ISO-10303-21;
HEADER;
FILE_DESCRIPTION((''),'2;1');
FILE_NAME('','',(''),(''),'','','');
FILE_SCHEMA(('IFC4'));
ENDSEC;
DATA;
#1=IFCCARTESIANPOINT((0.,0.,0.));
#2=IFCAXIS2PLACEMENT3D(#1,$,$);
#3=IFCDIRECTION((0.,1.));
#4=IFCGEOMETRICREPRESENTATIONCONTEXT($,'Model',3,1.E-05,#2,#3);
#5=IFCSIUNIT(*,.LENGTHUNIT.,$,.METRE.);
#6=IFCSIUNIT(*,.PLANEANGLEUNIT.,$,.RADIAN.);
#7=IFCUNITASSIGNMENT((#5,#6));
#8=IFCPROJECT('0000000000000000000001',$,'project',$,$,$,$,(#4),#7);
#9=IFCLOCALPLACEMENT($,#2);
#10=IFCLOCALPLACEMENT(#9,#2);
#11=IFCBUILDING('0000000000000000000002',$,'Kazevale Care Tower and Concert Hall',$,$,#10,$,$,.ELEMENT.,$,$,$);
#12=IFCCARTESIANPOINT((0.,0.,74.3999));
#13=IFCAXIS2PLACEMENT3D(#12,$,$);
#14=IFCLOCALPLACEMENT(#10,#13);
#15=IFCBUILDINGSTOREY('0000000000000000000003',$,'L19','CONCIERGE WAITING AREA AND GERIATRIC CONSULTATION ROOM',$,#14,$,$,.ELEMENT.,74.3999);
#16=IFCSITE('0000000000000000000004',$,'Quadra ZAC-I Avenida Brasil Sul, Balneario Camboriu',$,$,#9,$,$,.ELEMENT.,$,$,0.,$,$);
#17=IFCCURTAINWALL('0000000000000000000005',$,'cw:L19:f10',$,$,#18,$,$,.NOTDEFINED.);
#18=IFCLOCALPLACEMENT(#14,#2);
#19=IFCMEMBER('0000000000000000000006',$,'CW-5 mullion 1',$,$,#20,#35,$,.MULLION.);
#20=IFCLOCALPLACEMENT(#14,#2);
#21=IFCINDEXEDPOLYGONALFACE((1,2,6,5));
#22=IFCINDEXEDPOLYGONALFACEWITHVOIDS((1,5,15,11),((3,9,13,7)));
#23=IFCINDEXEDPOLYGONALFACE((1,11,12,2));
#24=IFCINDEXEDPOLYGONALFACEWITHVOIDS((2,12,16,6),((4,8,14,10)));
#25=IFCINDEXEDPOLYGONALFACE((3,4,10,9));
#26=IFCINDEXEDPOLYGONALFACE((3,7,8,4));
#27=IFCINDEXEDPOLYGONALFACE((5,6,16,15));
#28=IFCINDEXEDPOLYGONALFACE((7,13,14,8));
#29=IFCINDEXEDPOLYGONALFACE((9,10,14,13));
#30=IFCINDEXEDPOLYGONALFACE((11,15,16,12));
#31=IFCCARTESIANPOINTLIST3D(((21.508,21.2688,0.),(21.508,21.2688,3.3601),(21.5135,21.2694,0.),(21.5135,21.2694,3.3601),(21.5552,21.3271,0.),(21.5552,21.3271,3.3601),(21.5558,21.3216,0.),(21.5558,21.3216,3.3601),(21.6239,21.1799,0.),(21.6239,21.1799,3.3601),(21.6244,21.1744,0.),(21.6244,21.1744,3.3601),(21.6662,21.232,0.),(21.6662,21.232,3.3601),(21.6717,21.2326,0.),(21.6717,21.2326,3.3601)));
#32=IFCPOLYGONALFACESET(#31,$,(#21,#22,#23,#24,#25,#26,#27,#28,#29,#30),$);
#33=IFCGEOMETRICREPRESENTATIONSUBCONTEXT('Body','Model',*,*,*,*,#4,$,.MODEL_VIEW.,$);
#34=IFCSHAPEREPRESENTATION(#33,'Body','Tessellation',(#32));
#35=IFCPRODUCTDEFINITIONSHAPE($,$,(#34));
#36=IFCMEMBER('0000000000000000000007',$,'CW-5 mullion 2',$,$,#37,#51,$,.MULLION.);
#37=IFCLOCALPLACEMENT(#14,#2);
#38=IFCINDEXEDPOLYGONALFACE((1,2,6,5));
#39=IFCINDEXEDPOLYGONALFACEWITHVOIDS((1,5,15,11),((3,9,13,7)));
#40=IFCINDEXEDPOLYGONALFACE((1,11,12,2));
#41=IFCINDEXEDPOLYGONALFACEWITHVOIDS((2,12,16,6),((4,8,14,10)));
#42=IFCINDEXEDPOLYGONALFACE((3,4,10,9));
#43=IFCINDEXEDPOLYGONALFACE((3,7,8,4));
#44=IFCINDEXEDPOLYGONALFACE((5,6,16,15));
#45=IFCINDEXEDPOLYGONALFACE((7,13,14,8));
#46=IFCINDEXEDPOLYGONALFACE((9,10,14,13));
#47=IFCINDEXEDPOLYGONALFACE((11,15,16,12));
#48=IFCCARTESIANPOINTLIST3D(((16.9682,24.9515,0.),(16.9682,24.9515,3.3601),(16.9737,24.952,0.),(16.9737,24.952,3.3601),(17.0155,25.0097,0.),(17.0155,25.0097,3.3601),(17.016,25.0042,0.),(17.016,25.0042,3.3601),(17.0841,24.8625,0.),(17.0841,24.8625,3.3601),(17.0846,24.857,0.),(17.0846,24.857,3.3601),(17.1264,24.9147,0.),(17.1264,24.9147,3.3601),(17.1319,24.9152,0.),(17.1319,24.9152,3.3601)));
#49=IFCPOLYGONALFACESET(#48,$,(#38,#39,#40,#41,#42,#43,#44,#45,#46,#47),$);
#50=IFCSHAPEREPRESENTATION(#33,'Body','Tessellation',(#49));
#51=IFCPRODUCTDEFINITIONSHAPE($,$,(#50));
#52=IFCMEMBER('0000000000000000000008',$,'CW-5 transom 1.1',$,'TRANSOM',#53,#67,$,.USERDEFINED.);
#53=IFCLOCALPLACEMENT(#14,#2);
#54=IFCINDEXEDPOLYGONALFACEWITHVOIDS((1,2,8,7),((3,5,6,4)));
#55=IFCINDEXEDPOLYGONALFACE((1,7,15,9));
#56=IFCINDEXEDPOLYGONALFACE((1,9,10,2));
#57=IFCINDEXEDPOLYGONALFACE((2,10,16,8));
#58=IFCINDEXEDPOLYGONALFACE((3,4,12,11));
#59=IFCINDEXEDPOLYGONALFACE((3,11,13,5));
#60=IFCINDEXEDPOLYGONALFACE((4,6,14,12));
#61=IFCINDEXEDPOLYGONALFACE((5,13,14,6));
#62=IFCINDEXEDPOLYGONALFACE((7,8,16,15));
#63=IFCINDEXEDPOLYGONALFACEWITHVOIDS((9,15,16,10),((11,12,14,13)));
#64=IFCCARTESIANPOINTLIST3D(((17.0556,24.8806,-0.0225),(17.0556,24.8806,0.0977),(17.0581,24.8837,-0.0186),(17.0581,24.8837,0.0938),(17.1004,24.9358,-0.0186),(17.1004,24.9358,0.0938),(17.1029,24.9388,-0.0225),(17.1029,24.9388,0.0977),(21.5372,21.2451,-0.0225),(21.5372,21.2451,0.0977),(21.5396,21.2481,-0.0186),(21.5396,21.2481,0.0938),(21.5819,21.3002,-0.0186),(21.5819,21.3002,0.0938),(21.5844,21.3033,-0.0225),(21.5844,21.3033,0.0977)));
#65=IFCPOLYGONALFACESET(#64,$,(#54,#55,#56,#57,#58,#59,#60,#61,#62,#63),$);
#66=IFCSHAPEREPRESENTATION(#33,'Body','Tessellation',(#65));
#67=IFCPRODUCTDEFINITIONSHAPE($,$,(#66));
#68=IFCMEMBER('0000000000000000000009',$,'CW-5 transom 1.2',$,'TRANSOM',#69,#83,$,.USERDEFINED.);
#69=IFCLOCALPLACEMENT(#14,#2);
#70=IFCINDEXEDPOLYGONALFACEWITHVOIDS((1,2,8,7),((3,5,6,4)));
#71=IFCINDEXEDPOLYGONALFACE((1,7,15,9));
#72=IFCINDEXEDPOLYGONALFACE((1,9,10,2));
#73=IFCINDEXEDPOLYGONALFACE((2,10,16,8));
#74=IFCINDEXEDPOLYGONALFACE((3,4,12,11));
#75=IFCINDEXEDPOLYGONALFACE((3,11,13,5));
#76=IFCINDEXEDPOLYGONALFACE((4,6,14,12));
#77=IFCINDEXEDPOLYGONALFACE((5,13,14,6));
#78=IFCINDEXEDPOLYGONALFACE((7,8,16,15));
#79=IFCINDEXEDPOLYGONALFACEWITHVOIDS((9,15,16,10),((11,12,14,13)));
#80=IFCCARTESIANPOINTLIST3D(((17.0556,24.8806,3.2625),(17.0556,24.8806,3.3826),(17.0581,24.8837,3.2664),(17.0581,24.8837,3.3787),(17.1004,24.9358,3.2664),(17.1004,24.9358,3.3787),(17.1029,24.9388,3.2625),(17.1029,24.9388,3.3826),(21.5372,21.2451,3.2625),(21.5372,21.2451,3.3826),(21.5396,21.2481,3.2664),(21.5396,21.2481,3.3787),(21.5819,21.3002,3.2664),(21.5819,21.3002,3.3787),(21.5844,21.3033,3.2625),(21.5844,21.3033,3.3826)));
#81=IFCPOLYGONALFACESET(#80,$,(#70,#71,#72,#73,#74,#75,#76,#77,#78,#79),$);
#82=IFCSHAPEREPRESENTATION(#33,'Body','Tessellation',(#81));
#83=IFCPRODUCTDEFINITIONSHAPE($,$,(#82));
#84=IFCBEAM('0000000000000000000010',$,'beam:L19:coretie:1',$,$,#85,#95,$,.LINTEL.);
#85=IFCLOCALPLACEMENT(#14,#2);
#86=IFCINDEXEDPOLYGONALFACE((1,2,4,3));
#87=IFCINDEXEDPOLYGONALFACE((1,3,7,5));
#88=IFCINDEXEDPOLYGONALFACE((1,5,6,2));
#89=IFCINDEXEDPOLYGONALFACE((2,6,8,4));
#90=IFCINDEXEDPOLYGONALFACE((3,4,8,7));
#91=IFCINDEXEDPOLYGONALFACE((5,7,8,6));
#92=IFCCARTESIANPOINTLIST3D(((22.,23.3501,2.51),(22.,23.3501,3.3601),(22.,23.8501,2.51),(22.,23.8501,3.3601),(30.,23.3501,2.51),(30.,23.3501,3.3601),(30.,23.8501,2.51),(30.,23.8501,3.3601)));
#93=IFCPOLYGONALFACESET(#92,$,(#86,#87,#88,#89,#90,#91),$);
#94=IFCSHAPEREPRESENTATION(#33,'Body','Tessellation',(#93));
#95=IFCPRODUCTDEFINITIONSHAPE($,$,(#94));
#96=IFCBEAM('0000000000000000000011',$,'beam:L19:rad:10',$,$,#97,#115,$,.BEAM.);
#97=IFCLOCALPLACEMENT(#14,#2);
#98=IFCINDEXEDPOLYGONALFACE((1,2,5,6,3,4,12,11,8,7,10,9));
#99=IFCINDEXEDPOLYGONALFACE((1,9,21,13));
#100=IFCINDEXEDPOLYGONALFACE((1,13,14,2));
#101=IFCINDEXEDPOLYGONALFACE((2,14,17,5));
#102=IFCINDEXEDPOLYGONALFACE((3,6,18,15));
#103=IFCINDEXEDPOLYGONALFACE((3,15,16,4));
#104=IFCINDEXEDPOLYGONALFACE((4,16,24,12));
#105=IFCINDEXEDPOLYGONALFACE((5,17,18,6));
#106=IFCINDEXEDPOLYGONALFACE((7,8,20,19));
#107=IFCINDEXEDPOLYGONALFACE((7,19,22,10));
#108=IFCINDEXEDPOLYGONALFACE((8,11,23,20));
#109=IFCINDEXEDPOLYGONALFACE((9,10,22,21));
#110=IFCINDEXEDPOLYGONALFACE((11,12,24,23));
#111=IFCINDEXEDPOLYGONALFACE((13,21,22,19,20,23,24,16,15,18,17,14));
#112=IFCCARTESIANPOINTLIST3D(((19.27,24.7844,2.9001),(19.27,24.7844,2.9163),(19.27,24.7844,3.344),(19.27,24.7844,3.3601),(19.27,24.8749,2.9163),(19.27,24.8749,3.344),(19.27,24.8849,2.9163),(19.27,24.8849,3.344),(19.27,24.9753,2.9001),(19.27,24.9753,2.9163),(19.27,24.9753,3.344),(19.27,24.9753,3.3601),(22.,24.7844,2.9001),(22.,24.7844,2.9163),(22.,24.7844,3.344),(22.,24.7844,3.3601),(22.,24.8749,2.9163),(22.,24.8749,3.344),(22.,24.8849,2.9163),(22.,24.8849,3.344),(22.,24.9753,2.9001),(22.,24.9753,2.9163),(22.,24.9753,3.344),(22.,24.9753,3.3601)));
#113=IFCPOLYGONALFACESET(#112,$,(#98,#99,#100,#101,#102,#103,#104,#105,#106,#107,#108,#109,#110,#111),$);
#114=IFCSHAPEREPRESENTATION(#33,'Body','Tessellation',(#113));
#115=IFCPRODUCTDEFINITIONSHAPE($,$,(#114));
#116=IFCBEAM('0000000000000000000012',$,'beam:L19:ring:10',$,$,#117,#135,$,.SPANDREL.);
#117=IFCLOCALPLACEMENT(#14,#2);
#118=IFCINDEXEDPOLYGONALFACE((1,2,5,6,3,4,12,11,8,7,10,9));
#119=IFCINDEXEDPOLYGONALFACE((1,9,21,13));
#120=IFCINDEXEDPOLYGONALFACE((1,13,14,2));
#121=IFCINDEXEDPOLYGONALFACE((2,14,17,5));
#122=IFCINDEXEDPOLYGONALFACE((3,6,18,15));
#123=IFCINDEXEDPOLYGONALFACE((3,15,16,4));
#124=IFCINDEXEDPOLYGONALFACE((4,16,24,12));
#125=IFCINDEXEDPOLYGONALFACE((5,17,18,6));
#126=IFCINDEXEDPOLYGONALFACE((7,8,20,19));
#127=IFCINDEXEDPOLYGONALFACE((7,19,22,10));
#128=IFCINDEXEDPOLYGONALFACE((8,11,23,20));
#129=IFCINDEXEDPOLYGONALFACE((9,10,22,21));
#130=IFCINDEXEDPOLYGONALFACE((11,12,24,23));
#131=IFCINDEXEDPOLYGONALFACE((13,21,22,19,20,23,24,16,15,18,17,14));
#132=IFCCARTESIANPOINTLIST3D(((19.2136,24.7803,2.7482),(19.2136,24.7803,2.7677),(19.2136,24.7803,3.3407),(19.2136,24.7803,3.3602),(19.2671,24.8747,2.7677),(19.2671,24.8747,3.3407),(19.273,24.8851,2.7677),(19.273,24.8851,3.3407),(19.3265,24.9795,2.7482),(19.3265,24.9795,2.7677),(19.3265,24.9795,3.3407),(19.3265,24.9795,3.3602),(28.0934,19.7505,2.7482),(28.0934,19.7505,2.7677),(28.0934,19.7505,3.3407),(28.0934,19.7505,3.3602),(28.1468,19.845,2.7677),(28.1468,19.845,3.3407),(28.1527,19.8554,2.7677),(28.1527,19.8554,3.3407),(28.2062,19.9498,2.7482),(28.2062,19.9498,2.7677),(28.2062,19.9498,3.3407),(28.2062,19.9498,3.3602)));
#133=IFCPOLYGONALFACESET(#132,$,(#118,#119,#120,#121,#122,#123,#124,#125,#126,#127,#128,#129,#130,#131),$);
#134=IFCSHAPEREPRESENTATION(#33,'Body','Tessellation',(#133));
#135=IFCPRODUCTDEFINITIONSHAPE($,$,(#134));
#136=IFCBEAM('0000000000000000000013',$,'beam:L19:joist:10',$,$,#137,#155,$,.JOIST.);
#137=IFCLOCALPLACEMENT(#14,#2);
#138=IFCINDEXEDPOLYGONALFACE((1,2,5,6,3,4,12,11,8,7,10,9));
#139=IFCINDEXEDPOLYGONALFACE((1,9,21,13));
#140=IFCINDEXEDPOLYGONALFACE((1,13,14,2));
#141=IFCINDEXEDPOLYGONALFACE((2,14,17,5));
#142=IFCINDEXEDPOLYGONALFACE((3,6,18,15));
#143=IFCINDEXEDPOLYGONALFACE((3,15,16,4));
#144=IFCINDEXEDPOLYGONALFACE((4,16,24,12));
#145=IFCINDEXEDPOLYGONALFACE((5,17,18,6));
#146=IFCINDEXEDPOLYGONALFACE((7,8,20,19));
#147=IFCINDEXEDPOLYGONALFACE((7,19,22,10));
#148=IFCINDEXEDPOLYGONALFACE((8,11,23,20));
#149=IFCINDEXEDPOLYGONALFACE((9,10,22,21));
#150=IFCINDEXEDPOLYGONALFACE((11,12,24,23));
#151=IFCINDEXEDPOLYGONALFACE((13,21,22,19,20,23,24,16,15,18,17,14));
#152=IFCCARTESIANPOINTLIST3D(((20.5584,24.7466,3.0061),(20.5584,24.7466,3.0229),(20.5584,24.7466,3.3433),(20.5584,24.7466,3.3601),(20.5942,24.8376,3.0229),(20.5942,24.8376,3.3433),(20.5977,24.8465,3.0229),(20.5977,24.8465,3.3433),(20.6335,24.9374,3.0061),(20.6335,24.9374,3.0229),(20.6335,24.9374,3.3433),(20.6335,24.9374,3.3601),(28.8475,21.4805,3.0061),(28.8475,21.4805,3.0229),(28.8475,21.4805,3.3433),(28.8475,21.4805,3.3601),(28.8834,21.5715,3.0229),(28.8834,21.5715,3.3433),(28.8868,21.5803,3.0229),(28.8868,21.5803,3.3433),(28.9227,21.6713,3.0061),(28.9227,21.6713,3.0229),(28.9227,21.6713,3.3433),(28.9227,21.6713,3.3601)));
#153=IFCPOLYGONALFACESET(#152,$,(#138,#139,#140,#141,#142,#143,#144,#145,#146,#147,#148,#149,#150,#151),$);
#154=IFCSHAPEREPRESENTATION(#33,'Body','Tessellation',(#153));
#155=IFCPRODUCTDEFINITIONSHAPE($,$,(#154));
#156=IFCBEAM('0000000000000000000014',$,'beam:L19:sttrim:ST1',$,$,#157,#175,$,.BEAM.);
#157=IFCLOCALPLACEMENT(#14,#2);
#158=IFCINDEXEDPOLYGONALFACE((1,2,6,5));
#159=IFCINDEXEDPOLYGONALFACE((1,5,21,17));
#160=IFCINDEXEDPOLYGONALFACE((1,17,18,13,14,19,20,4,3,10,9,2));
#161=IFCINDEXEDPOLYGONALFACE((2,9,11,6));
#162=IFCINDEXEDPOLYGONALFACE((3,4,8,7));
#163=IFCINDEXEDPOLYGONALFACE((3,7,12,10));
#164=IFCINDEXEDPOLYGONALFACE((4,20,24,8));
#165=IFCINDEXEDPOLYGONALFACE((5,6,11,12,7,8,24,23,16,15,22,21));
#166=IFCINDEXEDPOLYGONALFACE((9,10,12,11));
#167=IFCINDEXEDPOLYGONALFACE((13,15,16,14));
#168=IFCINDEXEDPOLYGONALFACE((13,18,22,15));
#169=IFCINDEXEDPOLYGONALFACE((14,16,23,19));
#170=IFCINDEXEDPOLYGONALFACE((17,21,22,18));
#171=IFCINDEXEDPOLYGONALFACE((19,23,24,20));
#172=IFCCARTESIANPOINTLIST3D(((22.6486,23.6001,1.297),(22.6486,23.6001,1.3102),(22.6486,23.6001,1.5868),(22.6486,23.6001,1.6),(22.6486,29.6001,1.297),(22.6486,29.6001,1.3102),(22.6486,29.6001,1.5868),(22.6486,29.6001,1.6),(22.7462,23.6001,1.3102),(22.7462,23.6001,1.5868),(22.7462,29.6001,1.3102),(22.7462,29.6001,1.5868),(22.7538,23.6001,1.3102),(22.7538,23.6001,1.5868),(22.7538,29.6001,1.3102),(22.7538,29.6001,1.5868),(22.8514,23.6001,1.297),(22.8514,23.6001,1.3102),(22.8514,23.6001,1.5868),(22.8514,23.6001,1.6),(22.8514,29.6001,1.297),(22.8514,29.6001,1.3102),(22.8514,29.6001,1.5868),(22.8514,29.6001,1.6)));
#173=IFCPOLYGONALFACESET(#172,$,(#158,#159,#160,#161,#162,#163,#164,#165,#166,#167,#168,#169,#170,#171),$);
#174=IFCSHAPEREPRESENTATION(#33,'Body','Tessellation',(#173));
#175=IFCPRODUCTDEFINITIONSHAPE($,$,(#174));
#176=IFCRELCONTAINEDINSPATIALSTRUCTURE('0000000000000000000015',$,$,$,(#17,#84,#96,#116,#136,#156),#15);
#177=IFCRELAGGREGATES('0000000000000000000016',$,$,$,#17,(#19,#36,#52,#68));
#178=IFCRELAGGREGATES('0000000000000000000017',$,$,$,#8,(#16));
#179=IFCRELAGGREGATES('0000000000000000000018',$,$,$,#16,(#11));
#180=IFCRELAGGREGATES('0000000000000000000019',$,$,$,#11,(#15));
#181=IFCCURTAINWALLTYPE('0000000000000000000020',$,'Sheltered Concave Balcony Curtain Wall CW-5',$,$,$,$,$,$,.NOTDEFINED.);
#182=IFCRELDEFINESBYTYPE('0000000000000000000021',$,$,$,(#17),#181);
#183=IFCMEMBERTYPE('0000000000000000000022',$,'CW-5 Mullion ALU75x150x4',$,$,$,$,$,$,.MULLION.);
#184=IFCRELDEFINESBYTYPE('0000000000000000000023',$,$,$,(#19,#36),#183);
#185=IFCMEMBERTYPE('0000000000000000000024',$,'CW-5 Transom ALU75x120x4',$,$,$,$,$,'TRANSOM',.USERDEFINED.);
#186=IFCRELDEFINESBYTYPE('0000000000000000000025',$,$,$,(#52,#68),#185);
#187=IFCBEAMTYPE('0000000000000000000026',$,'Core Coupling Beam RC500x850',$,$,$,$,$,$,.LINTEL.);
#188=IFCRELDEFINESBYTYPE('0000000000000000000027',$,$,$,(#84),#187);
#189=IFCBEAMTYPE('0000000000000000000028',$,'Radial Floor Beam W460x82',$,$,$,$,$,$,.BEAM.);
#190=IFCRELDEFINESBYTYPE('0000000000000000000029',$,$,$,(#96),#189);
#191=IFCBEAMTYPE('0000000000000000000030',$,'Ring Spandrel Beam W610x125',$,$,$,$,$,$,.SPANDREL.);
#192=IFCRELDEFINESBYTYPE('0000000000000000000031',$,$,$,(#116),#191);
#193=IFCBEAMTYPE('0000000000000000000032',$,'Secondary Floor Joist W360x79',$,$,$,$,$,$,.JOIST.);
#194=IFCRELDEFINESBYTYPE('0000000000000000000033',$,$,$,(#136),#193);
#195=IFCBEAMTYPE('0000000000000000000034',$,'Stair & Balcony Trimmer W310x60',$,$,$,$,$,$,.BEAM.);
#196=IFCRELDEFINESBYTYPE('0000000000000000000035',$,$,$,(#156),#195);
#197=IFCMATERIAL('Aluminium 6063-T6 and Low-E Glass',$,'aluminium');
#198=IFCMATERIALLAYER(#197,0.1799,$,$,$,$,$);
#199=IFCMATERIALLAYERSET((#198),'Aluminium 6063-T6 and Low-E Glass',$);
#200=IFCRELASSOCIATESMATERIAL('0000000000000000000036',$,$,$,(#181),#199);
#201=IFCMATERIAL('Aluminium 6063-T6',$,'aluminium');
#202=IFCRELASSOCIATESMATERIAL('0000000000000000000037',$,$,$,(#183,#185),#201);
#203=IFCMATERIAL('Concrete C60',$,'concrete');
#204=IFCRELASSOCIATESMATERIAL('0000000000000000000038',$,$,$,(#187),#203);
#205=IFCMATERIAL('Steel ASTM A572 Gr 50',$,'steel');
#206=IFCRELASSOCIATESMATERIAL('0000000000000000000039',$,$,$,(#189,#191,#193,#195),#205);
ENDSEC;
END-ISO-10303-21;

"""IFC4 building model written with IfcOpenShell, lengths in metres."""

from ifc_helpers import new_model, si_unit, direction, frame, origin, origin_2d, place, context, subcontext, project, spatial, rectangle, hollow_rectangle, i_section, extrude, material, layer, layer_set, material_profile, profile_set, type_object, element, aggregate, save


model = new_model("IFC4")

# Units and contexts
model_context = context("Model", 3, precision=1e-05, world=origin(), true_north=direction((0.0, 1.0)))
body_context = subcontext(model_context, "Body", "Model", "MODEL_VIEW")
ifc_project = project(units=[si_unit("LENGTHUNIT", "METRE"), si_unit("PLANEANGLEUNIT", "RADIAN")], contexts=[model_context])

# Site, building, storey
site_placement = place(None, origin())
site = spatial("IfcSite", under=ifc_project, at=site_placement, Name="Quadra ZAC-I Avenida Brasil Sul, Balneario Camboriu", CompositionType="ELEMENT", RefElevation=0.0)
building_placement = place(site_placement, origin())
building = spatial("IfcBuilding", under=site, at=building_placement, Name="Kazevale Care Tower and Concert Hall", CompositionType="ELEMENT")
storey_placement = place(building_placement, frame((0.0, 0.0, 74.3999)))
storey = spatial("IfcBuildingStorey", under=building, at=storey_placement, Name="L19", Description="CONCIERGE WAITING AREA AND GERIATRIC CONSULTATION ROOM", CompositionType="ELEMENT", Elevation=74.3999)

# Shared definitions
ifc_material_1 = material(Name="Aluminium 6063-T6 and Low-E Glass", Category="aluminium")
ifc_material_2 = material(Name="Aluminium 6063-T6", Category="aluminium")

# Shared definitions
ifc_layer_1 = layer(ifc_material_1, 0.1799)
ifc_layer_set_1 = layer_set([ifc_layer_1], Name="Aluminium 6063-T6 and Low-E Glass")
curtain_wall_type_1 = type_object("IfcCurtainWallType", Name="Sheltered Concave Balcony Curtain Wall CW-5", PredefinedType="NOTDEFINED", material=ifc_layer_set_1)
ifc_material_profile_1 = material_profile(ifc_material_2, hollow_rectangle(XDim=0.075, YDim=0.1499, WallThickness=0.0039, at=origin_2d()), Name="ALU75x150x4")
ifc_profile_set_1 = profile_set([ifc_material_profile_1], Name="Aluminium 6063-T6")
member_type_1 = type_object("IfcMemberType", Name="CW-5 Mullion ALU75x150x4", PredefinedType="MULLION", material=ifc_profile_set_1)

# Curtain wall, members
curtain_wall_1_placement = place(storey_placement, origin())
curtain_wall_1 = element("IfcCurtainWall", 1, at=curtain_wall_1_placement, inside=storey, type_object=curtain_wall_type_1, Name="cw:L19:f10", PredefinedType="NOTDEFINED")
member_1_placement = place(storey_placement, frame((21.5898, 21.2507, 0.0), z_axis=(0.0, 0.0, 1.0), x_axis=(-0.629995, -0.776599, 0.0)))
member_1 = element("IfcMember", 2, at=member_1_placement, type_object=member_type_1, Name="CW-5 mullion 1", PredefinedType="MULLION", context=body_context, shape_type="SweptSolid", body=[
    extrude(hollow_rectangle(XDim=0.075, YDim=0.1499, WallThickness=0.0039, at=origin_2d()), origin(), (0.0, 0.0, 1.0), 3.3601),
])
member_2_placement = place(storey_placement, frame((17.05, 24.9333, 0.0), z_axis=(0.0, 0.0, 1.0), x_axis=(-0.629995, -0.776599, 0.0)))
member_2 = element("IfcMember", 3, at=member_2_placement, type_object=member_type_1, Name="CW-5 mullion 2", PredefinedType="MULLION", context=body_context, shape_type="SweptSolid", body=[
    extrude(hollow_rectangle(XDim=0.075, YDim=0.1499, WallThickness=0.0039, at=origin_2d()), origin(), (0.0, 0.0, 1.0), 3.3601),
])
ifc_material_profile_2 = material_profile(ifc_material_2, hollow_rectangle(XDim=0.075, YDim=0.1201, WallThickness=0.0039, at=origin_2d()), Name="ALU75x120x4")
ifc_profile_set_2 = profile_set([ifc_material_profile_2], Name="Aluminium 6063-T6")
member_type_2 = type_object("IfcMemberType", Name="CW-5 Transom ALU75x120x4", ElementType="TRANSOM", PredefinedType="USERDEFINED", material=ifc_profile_set_2)
member_3_placement = place(storey_placement, frame((21.5608, 21.2742, 0.0376), z_axis=(-0.776595, 0.63, 0.0), x_axis=(-0.63, -0.776595, 0.0)))
member_3 = element("IfcMember", 4, at=member_3_placement, type_object=member_type_2, Name="CW-5 transom 1.1", ObjectType="TRANSOM", PredefinedType="USERDEFINED", context=body_context, shape_type="SweptSolid", body=[
    extrude(hollow_rectangle(XDim=0.075, YDim=0.1201, WallThickness=0.0039, at=origin_2d()), origin(), (0.0, 0.0, 1.0), 5.7708),
])
member_4_placement = place(storey_placement, frame((21.5608, 21.2742, 3.3225), z_axis=(-0.776595, 0.63, 0.0), x_axis=(-0.63, -0.776595, 0.0)))
member_4 = element("IfcMember", 5, at=member_4_placement, type_object=member_type_2, Name="CW-5 transom 1.2", ObjectType="TRANSOM", PredefinedType="USERDEFINED", context=body_context, shape_type="SweptSolid", body=[
    extrude(hollow_rectangle(XDim=0.075, YDim=0.1201, WallThickness=0.0039, at=origin_2d()), origin(), (0.0, 0.0, 1.0), 5.7708),
])

# Beams
ifc_material_3 = material(Name="Concrete C60", Category="concrete")
ifc_material_profile_3 = material_profile(ifc_material_3, rectangle(XDim=0.5, YDim=0.8501, at=origin_2d()), Name="RC-B500x850")
ifc_profile_set_3 = profile_set([ifc_material_profile_3], Name="Concrete C60")
beam_type_1 = type_object("IfcBeamType", Name="Core Coupling Beam RC500x850", PredefinedType="LINTEL", material=ifc_profile_set_3)
beam_1_placement = place(storey_placement, frame((22.0, 23.6001, 2.9351), z_axis=(1.0, 0.0, 0.0), x_axis=(0.0, 1.0, 0.0)))
element("IfcBeam", 6, at=beam_1_placement, inside=storey, type_object=beam_type_1, Name="beam:L19:coretie:1", PredefinedType="LINTEL", context=body_context, shape_type="SweptSolid", body=[
    extrude(rectangle(XDim=0.5, YDim=0.8501, at=origin_2d()), origin(), (0.0, 0.0, 1.0), 8.0),
])
ifc_material_4 = material(Name="Steel ASTM A572 Gr 50", Category="steel")
ifc_material_profile_4 = material_profile(ifc_material_4, i_section(OverallWidth=0.1909, OverallDepth=0.46, WebThickness=0.01, FlangeThickness=0.0161, at=origin_2d()), Name="W460x82")
ifc_profile_set_4 = profile_set([ifc_material_profile_4], Name="Steel ASTM A572 Gr 50")
beam_type_2 = type_object("IfcBeamType", Name="Radial Floor Beam W460x82", PredefinedType="BEAM", material=ifc_profile_set_4)
beam_2_placement = place(storey_placement, frame((22.0, 24.8799, 3.1301), z_axis=(-1.0, 0.0, 0.0), x_axis=(0.0, -1.0, 0.0)))
element("IfcBeam", 7, at=beam_2_placement, inside=storey, type_object=beam_type_2, Name="beam:L19:rad:10", PredefinedType="BEAM", context=body_context, shape_type="SweptSolid", body=[
    extrude(i_section(OverallWidth=0.1909, OverallDepth=0.46, WebThickness=0.01, FlangeThickness=0.0161, at=origin_2d()), origin(), (0.0, 0.0, 1.0), 2.73),
])
ifc_material_profile_5 = material_profile(ifc_material_4, i_section(OverallWidth=0.229, OverallDepth=0.6121, WebThickness=0.012, FlangeThickness=0.0195, at=origin_2d()), Name="W610x125")
ifc_profile_set_5 = profile_set([ifc_material_profile_5], Name="Steel ASTM A572 Gr 50")
beam_type_3 = type_object("IfcBeamType", Name="Ring Spandrel Beam W610x125", PredefinedType="SPANDREL", material=ifc_profile_set_5)
beam_3_placement = place(storey_placement, frame((19.27, 24.8799, 3.0542), z_axis=(0.870112, -0.492853, 0.0), x_axis=(0.492853, 0.870112, 0.0)))
element("IfcBeam", 8, at=beam_3_placement, inside=storey, type_object=beam_type_3, Name="beam:L19:ring:10", PredefinedType="SPANDREL", context=body_context, shape_type="SweptSolid", body=[
    extrude(i_section(OverallWidth=0.229, OverallDepth=0.6121, WebThickness=0.012, FlangeThickness=0.0195, at=origin_2d()), origin(), (0.0, 0.0, 1.0), 10.2053),
])
ifc_material_profile_6 = material_profile(ifc_material_4, i_section(OverallWidth=0.2051, OverallDepth=0.354, WebThickness=0.0095, FlangeThickness=0.0168, at=origin_2d()), Name="W360x79")
ifc_profile_set_6 = profile_set([ifc_material_profile_6], Name="Steel ASTM A572 Gr 50")
beam_type_4 = type_object("IfcBeamType", Name="Secondary Floor Joist W360x79", PredefinedType="JOIST", material=ifc_profile_set_6)
beam_4_placement = place(storey_placement, frame((20.5959, 24.842, 3.1831), z_axis=(0.930381, -0.366595, 0.0), x_axis=(0.366595, 0.930381, 0.0)))
element("IfcBeam", 9, at=beam_4_placement, inside=storey, type_object=beam_type_4, Name="beam:L19:joist:10", PredefinedType="JOIST", context=body_context, shape_type="SweptSolid", body=[
    extrude(i_section(OverallWidth=0.2051, OverallDepth=0.354, WebThickness=0.0095, FlangeThickness=0.0168, at=origin_2d()), origin(), (0.0, 0.0, 1.0), 8.9094),
])
ifc_material_profile_7 = material_profile(ifc_material_4, i_section(OverallWidth=0.2029, OverallDepth=0.303, WebThickness=0.0076, FlangeThickness=0.0132, at=origin_2d()), Name="W310x60")
ifc_profile_set_7 = profile_set([ifc_material_profile_7], Name="Steel ASTM A572 Gr 50")
beam_type_5 = type_object("IfcBeamType", Name="Stair & Balcony Trimmer W310x60", PredefinedType="BEAM", material=ifc_profile_set_7)
beam_5_placement = place(storey_placement, frame((22.75, 23.6001, 1.4485), z_axis=(0.0, 1.0, 0.0), x_axis=(-1.0, 0.0, 0.0)))
element("IfcBeam", 10, at=beam_5_placement, inside=storey, type_object=beam_type_5, Name="beam:L19:sttrim:ST1", PredefinedType="BEAM", context=body_context, shape_type="SweptSolid", body=[
    extrude(i_section(OverallWidth=0.2029, OverallDepth=0.303, WebThickness=0.0076, FlangeThickness=0.0132, at=origin_2d()), origin(), (0.0, 0.0, 1.0), 6.0),
])

aggregate(curtain_wall_1, [member_1, member_2, member_3, member_4])

save(model, "model.ifc")
